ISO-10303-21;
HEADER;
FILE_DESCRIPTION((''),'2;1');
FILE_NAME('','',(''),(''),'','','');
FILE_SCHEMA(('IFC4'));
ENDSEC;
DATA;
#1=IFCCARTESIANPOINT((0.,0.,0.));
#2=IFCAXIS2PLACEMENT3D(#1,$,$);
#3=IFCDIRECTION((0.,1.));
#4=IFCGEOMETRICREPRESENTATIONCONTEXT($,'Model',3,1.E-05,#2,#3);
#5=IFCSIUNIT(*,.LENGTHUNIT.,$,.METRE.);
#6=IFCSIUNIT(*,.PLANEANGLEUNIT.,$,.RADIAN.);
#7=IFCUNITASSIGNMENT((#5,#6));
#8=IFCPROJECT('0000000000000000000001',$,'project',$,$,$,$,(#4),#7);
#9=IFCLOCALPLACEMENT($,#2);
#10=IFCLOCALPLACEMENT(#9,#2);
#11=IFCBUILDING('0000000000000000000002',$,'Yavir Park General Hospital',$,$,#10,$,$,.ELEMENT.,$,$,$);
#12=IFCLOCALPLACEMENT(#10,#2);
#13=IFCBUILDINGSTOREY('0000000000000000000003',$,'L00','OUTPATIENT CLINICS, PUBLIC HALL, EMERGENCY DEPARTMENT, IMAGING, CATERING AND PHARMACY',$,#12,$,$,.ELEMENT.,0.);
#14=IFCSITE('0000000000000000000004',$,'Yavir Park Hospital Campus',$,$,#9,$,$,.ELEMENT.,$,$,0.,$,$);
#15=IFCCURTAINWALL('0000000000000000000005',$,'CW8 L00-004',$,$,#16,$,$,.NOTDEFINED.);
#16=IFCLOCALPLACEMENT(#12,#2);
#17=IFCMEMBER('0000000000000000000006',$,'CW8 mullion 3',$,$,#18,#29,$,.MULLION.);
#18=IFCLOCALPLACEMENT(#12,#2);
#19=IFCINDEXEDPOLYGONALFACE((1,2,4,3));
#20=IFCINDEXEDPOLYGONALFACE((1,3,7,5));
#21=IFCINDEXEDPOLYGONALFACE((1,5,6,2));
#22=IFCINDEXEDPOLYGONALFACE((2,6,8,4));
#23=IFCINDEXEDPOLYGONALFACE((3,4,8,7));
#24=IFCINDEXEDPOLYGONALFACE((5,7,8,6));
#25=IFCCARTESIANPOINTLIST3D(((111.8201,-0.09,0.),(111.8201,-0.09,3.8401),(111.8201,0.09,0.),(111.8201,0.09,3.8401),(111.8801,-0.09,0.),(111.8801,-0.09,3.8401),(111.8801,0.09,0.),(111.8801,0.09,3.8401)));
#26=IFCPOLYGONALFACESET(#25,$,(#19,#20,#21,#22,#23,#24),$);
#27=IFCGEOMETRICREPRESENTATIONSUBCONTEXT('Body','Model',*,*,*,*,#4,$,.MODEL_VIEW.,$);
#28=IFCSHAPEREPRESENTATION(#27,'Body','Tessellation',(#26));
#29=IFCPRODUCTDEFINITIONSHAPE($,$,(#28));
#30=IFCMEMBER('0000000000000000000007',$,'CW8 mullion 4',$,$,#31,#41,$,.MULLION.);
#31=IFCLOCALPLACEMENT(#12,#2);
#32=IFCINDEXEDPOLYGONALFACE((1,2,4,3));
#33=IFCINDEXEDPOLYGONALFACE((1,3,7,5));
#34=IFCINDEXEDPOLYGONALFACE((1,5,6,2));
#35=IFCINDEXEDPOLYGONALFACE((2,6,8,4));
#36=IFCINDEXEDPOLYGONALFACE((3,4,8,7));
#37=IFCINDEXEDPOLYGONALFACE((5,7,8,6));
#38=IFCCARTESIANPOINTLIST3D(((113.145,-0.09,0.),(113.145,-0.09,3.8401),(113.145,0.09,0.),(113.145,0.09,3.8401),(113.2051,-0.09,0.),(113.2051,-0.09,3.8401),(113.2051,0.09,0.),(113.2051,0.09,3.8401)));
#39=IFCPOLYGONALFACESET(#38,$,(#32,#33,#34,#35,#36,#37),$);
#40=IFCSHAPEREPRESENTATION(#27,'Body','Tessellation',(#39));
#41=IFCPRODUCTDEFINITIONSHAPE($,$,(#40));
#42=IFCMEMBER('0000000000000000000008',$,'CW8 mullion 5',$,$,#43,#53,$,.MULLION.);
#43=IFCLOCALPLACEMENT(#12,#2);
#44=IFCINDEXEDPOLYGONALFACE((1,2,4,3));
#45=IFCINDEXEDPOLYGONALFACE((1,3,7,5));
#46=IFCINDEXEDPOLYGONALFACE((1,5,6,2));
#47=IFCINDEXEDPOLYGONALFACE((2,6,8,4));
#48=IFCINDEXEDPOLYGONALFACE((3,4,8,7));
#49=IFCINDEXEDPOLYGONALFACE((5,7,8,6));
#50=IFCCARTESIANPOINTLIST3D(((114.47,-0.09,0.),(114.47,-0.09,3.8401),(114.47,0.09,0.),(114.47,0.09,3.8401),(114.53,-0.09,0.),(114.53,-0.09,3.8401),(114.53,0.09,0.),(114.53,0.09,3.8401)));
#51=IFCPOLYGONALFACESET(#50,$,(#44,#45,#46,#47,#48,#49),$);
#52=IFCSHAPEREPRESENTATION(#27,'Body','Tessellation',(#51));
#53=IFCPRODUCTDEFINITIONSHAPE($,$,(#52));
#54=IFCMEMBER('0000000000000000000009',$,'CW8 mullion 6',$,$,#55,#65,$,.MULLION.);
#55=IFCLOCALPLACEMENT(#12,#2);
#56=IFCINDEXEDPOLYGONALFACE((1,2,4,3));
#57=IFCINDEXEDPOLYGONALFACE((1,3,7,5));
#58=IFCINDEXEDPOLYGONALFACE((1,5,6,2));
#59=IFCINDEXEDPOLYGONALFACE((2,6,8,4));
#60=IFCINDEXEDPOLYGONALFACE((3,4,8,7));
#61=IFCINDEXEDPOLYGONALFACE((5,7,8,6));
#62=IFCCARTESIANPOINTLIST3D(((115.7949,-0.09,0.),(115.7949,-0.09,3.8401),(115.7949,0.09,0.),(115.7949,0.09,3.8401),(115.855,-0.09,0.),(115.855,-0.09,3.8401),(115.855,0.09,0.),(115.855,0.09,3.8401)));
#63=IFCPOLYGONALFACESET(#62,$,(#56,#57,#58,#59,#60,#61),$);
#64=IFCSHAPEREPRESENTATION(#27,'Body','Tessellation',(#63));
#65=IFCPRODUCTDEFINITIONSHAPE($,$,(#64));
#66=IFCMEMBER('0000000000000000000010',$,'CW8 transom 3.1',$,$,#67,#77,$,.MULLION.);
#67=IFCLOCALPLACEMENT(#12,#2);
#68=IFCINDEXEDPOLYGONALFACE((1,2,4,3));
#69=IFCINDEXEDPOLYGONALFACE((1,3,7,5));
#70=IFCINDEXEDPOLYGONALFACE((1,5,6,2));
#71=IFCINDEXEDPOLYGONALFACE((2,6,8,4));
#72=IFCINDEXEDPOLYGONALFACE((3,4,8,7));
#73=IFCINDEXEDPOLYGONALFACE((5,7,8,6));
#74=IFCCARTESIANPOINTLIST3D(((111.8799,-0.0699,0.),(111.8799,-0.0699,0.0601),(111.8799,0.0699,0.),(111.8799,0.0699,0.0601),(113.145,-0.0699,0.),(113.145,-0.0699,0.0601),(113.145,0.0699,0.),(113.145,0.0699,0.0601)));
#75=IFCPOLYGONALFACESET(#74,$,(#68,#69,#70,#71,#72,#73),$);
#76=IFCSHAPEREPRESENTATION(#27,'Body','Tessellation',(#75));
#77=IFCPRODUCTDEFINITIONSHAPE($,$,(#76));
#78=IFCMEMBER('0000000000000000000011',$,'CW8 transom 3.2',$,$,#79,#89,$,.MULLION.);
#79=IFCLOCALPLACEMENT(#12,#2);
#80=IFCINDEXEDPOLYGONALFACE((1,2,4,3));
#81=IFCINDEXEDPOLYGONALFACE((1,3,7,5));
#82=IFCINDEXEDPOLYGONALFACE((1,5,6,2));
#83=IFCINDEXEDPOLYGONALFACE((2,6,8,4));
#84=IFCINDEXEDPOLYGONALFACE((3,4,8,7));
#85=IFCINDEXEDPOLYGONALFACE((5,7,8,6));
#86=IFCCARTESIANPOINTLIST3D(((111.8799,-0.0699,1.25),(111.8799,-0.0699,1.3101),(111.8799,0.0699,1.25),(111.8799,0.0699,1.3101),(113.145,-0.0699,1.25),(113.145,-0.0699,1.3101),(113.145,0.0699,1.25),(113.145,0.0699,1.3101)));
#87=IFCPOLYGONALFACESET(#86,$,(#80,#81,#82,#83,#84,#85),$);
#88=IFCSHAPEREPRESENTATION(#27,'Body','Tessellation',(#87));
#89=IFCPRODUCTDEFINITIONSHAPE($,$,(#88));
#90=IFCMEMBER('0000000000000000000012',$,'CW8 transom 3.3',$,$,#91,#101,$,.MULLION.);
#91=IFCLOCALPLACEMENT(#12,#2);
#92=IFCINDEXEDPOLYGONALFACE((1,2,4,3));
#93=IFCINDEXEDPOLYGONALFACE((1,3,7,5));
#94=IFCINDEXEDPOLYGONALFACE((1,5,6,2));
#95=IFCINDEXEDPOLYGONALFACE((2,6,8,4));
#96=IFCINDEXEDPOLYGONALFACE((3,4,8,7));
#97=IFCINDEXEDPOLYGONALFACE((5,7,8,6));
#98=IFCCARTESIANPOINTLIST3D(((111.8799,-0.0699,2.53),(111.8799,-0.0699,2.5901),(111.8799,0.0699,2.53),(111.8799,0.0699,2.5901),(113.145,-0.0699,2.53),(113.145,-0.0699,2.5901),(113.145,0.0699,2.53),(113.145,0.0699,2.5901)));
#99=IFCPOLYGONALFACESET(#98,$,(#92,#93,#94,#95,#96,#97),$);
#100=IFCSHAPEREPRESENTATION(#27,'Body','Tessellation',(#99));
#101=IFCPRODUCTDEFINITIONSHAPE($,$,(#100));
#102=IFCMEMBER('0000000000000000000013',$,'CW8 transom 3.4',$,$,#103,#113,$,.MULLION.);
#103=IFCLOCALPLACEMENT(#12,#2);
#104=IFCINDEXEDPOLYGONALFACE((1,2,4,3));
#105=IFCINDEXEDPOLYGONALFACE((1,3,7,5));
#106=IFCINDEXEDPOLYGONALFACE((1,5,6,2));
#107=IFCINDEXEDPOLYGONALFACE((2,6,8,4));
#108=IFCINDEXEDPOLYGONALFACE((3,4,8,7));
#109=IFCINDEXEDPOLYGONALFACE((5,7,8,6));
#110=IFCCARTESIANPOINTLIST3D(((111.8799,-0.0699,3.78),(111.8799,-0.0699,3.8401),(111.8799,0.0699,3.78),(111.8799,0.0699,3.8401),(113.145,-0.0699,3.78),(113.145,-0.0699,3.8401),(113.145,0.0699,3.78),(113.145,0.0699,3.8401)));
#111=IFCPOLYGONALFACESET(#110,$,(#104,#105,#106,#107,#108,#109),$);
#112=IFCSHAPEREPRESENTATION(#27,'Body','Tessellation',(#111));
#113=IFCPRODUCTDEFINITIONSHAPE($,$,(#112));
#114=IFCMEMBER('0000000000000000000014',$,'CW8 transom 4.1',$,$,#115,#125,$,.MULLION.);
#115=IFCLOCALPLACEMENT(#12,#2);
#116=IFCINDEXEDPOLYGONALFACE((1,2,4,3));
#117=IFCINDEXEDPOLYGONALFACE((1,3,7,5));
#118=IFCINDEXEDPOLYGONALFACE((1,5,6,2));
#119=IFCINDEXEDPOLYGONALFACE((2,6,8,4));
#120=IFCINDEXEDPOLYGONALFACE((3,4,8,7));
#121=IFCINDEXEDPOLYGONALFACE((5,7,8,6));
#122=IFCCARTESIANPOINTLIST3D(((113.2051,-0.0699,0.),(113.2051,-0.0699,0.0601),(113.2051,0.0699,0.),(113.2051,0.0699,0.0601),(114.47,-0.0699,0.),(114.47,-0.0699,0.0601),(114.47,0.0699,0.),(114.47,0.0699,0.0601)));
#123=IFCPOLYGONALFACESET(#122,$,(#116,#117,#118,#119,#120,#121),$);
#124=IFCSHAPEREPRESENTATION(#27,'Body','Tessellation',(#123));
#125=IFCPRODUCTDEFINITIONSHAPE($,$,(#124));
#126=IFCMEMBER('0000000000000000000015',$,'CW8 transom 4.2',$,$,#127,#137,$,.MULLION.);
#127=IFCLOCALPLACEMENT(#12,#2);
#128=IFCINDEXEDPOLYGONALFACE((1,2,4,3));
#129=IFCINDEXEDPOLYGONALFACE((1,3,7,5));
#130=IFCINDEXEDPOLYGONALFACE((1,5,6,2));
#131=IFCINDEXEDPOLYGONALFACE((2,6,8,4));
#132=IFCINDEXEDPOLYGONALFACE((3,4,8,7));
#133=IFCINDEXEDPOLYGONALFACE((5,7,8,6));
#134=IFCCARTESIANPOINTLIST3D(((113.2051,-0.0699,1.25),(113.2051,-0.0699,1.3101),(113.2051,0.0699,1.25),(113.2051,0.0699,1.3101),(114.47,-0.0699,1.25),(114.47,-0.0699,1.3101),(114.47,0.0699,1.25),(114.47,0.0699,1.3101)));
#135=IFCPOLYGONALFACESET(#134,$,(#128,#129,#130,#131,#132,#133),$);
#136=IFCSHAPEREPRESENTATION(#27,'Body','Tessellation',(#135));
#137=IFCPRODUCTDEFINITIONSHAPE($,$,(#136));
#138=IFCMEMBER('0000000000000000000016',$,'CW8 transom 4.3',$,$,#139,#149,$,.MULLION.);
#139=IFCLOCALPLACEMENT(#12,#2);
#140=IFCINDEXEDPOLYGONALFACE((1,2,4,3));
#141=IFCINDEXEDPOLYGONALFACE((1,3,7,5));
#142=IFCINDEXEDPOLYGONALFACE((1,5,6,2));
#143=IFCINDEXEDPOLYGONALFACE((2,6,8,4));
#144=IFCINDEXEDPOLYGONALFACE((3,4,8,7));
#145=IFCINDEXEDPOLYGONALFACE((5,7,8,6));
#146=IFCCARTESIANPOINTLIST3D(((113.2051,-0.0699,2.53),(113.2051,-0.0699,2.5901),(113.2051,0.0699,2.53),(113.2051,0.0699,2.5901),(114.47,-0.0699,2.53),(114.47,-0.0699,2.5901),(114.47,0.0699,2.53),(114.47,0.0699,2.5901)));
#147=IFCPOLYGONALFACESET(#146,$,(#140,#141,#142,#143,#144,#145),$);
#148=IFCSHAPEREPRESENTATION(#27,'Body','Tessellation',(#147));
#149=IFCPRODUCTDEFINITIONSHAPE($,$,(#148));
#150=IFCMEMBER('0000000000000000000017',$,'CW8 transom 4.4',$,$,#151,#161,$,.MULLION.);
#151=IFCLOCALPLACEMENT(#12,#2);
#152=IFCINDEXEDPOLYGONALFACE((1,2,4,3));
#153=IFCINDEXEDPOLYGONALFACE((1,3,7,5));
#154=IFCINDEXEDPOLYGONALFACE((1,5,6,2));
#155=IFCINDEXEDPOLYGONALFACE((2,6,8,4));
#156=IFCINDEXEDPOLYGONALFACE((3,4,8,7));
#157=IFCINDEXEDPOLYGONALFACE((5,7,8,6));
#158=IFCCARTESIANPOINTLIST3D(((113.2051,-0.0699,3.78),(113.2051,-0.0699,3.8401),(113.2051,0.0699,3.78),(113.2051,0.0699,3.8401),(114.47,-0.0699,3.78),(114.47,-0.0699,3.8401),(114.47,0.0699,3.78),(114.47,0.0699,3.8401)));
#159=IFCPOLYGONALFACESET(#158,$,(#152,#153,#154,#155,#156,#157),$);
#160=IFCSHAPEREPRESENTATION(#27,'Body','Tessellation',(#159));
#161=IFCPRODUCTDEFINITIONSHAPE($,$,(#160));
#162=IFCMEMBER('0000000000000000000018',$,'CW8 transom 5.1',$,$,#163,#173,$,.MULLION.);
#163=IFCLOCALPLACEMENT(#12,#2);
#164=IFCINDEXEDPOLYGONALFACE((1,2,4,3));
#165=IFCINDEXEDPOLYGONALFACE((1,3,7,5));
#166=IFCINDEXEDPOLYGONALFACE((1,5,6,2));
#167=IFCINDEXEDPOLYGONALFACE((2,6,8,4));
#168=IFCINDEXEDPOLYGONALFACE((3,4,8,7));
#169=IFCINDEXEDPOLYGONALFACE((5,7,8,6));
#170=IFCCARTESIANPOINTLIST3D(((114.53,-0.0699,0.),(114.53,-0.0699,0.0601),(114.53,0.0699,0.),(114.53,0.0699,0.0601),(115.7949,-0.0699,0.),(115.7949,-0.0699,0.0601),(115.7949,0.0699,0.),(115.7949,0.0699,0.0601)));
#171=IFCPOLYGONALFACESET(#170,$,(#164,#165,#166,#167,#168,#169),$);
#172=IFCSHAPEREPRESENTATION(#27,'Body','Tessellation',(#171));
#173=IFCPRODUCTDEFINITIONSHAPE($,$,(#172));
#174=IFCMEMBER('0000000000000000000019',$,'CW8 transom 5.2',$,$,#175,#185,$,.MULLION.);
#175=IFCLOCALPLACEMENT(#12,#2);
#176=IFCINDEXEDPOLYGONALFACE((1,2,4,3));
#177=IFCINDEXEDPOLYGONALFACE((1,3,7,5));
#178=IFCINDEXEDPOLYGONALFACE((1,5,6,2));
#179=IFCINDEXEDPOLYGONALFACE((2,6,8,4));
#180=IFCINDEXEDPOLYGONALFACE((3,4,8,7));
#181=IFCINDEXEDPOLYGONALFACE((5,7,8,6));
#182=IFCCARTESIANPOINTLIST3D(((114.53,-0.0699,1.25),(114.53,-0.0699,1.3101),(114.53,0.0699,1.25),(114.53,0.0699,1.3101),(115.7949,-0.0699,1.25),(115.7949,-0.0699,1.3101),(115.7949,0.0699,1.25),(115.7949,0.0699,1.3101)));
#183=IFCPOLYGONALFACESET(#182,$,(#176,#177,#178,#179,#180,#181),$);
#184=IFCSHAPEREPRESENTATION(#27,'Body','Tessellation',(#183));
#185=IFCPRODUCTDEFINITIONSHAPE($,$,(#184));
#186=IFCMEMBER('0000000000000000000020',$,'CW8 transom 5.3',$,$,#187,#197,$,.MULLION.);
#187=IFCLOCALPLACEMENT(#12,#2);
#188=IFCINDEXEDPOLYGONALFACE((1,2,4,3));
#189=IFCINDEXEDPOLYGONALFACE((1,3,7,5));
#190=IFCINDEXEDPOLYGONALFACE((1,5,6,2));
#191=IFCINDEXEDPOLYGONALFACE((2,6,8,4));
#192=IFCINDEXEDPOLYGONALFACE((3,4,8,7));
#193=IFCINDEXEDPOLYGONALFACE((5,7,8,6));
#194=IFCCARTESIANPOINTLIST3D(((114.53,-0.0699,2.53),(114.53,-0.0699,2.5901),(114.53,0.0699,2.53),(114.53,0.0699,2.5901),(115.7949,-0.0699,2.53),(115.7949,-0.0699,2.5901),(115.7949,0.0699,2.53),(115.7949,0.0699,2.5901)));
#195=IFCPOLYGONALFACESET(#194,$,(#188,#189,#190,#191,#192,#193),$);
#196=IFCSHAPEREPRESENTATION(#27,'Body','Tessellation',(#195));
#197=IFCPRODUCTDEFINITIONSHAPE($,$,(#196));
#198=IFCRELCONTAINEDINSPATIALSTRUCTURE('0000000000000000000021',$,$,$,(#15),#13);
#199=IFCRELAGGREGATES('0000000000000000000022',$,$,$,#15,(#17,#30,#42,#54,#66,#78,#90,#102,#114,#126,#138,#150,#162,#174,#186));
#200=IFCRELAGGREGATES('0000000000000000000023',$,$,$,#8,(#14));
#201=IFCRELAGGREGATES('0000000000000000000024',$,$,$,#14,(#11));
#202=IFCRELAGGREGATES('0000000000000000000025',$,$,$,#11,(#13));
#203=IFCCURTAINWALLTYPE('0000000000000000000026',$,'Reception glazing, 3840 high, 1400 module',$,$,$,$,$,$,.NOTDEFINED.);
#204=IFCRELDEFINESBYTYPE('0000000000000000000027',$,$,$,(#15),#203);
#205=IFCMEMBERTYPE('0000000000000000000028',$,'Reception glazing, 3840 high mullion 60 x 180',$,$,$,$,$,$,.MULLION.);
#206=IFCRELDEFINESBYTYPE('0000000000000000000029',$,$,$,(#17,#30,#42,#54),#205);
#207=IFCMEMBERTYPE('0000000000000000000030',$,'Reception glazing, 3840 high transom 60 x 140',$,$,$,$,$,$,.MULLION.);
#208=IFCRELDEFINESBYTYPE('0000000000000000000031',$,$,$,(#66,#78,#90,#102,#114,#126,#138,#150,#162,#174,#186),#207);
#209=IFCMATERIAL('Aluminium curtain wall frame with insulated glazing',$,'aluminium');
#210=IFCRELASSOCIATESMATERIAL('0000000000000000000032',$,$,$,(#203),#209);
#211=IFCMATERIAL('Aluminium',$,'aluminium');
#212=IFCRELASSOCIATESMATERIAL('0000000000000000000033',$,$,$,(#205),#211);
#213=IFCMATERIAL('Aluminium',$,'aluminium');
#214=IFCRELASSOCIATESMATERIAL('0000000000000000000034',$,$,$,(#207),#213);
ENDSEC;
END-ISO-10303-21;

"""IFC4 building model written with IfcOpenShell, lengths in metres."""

from ifc_helpers import new_model, si_unit, direction, frame, origin, origin_2d, place, context, subcontext, project, spatial, rectangle, extrude, material, material_profile, profile_set, type_object, element, aggregate, save


model = new_model("IFC4")

# Units and contexts
model_context = context("Model", 3, precision=1e-05, world=origin(), true_north=direction((0.0, 1.0)))
body_context = subcontext(model_context, "Body", "Model", "MODEL_VIEW")
ifc_project = project(units=[si_unit("LENGTHUNIT", "METRE"), si_unit("PLANEANGLEUNIT", "RADIAN")], contexts=[model_context])

# Site, building, storey
site_placement = place(None, origin())
site = spatial("IfcSite", under=ifc_project, at=site_placement, Name="Yavir Park Hospital Campus", CompositionType="ELEMENT", RefElevation=0.0)
building_placement = place(site_placement, origin())
building = spatial("IfcBuilding", under=site, at=building_placement, Name="Yavir Park General Hospital", CompositionType="ELEMENT")
storey_placement = place(building_placement, origin())
storey = spatial("IfcBuildingStorey", under=building, at=storey_placement, Name="L00", Description="OUTPATIENT CLINICS, PUBLIC HALL, EMERGENCY DEPARTMENT, IMAGING, CATERING AND PHARMACY", CompositionType="ELEMENT", Elevation=0.0)

# Curtain wall, members
ifc_material_1 = material(Name="Aluminium curtain wall frame with insulated glazing", Category="aluminium")
curtain_wall_type = type_object("IfcCurtainWallType", Name="Reception glazing, 3840 high, 1400 module", PredefinedType="NOTDEFINED", material=ifc_material_1)
curtain_wall_placement = place(storey_placement, origin())
curtain_wall = element("IfcCurtainWall", 1, at=curtain_wall_placement, inside=storey, type_object=curtain_wall_type, Name="CW8 L00-004", PredefinedType="NOTDEFINED")
ifc_material_2 = material(Name="Aluminium", Category="aluminium")
ifc_material_profile_1 = material_profile(ifc_material_2, rectangle(XDim=0.1799, YDim=0.0601, at=origin_2d()), Name="AL 60x180")
ifc_profile_set_1 = profile_set([ifc_material_profile_1], Name="Aluminium")
member_type_1 = type_object("IfcMemberType", Name="Reception glazing, 3840 high mullion 60 x 180", PredefinedType="MULLION", material=ifc_profile_set_1)
member_1_placement = place(storey_placement, frame((111.8501, 0.0, 0.0), z_axis=(0.0, 0.0, 1.0), x_axis=(0.0, 1.0, 0.0)))
member_1 = element("IfcMember", 2, at=member_1_placement, type_object=member_type_1, Name="CW8 mullion 3", PredefinedType="MULLION", context=body_context, shape_type="SweptSolid", body=[
    extrude(rectangle(XDim=0.1799, YDim=0.0601, at=origin_2d()), origin(), (0.0, 0.0, 1.0), 3.8401),
])
member_2_placement = place(storey_placement, frame((113.175, 0.0, 0.0), z_axis=(0.0, 0.0, 1.0), x_axis=(0.0, 1.0, 0.0)))
member_2 = element("IfcMember", 3, at=member_2_placement, type_object=member_type_1, Name="CW8 mullion 4", PredefinedType="MULLION", context=body_context, shape_type="SweptSolid", body=[
    extrude(rectangle(XDim=0.1799, YDim=0.0601, at=origin_2d()), origin(), (0.0, 0.0, 1.0), 3.8401),
])
member_3_placement = place(storey_placement, frame((114.5, 0.0, 0.0), z_axis=(0.0, 0.0, 1.0), x_axis=(0.0, 1.0, 0.0)))
member_3 = element("IfcMember", 4, at=member_3_placement, type_object=member_type_1, Name="CW8 mullion 5", PredefinedType="MULLION", context=body_context, shape_type="SweptSolid", body=[
    extrude(rectangle(XDim=0.1799, YDim=0.0601, at=origin_2d()), origin(), (0.0, 0.0, 1.0), 3.8401),
])
member_4_placement = place(storey_placement, frame((115.825, 0.0, 0.0), z_axis=(0.0, 0.0, 1.0), x_axis=(0.0, 1.0, 0.0)))
member_4 = element("IfcMember", 5, at=member_4_placement, type_object=member_type_1, Name="CW8 mullion 6", PredefinedType="MULLION", context=body_context, shape_type="SweptSolid", body=[
    extrude(rectangle(XDim=0.1799, YDim=0.0601, at=origin_2d()), origin(), (0.0, 0.0, 1.0), 3.8401),
])
ifc_material_3 = material(Name="Aluminium", Category="aluminium")
ifc_material_profile_2 = material_profile(ifc_material_3, rectangle(XDim=0.1399, YDim=0.0601, at=origin_2d()), Name="AL 140x60")
ifc_profile_set_2 = profile_set([ifc_material_profile_2], Name="Aluminium")
member_type_2 = type_object("IfcMemberType", Name="Reception glazing, 3840 high transom 60 x 140", PredefinedType="MULLION", material=ifc_profile_set_2)
member_5_placement = place(storey_placement, frame((111.8799, 0.0, 0.03), z_axis=(1.0, 0.0, 0.0), x_axis=(0.0, 1.0, 0.0)))
member_5 = element("IfcMember", 6, at=member_5_placement, type_object=member_type_2, Name="CW8 transom 3.1", PredefinedType="MULLION", context=body_context, shape_type="SweptSolid", body=[
    extrude(rectangle(XDim=0.1399, YDim=0.0601, at=origin_2d()), origin(), (0.0, 0.0, 1.0), 1.2651),
])
member_6_placement = place(storey_placement, frame((111.8799, 0.0, 1.28), z_axis=(1.0, 0.0, 0.0), x_axis=(0.0, 1.0, 0.0)))
member_6 = element("IfcMember", 7, at=member_6_placement, type_object=member_type_2, Name="CW8 transom 3.2", PredefinedType="MULLION", context=body_context, shape_type="SweptSolid", body=[
    extrude(rectangle(XDim=0.1399, YDim=0.0601, at=origin_2d()), origin(), (0.0, 0.0, 1.0), 1.2651),
])
member_7_placement = place(storey_placement, frame((111.8799, 0.0, 2.5601), z_axis=(1.0, 0.0, 0.0), x_axis=(0.0, 1.0, 0.0)))
member_7 = element("IfcMember", 8, at=member_7_placement, type_object=member_type_2, Name="CW8 transom 3.3", PredefinedType="MULLION", context=body_context, shape_type="SweptSolid", body=[
    extrude(rectangle(XDim=0.1399, YDim=0.0601, at=origin_2d()), origin(), (0.0, 0.0, 1.0), 1.2651),
])
member_8_placement = place(storey_placement, frame((111.8799, 0.0, 3.8101), z_axis=(1.0, 0.0, 0.0), x_axis=(0.0, 1.0, 0.0)))
member_8 = element("IfcMember", 9, at=member_8_placement, type_object=member_type_2, Name="CW8 transom 3.4", PredefinedType="MULLION", context=body_context, shape_type="SweptSolid", body=[
    extrude(rectangle(XDim=0.1399, YDim=0.0601, at=origin_2d()), origin(), (0.0, 0.0, 1.0), 1.2651),
])
member_9_placement = place(storey_placement, frame((113.2051, 0.0, 0.03), z_axis=(1.0, 0.0, 0.0), x_axis=(0.0, 1.0, 0.0)))
member_9 = element("IfcMember", 10, at=member_9_placement, type_object=member_type_2, Name="CW8 transom 4.1", PredefinedType="MULLION", context=body_context, shape_type="SweptSolid", body=[
    extrude(rectangle(XDim=0.1399, YDim=0.0601, at=origin_2d()), origin(), (0.0, 0.0, 1.0), 1.2649),
])
member_10_placement = place(storey_placement, frame((113.2051, 0.0, 1.28), z_axis=(1.0, 0.0, 0.0), x_axis=(0.0, 1.0, 0.0)))
member_10 = element("IfcMember", 11, at=member_10_placement, type_object=member_type_2, Name="CW8 transom 4.2", PredefinedType="MULLION", context=body_context, shape_type="SweptSolid", body=[
    extrude(rectangle(XDim=0.1399, YDim=0.0601, at=origin_2d()), origin(), (0.0, 0.0, 1.0), 1.2649),
])
member_11_placement = place(storey_placement, frame((113.2051, 0.0, 2.5601), z_axis=(1.0, 0.0, 0.0), x_axis=(0.0, 1.0, 0.0)))
member_11 = element("IfcMember", 12, at=member_11_placement, type_object=member_type_2, Name="CW8 transom 4.3", PredefinedType="MULLION", context=body_context, shape_type="SweptSolid", body=[
    extrude(rectangle(XDim=0.1399, YDim=0.0601, at=origin_2d()), origin(), (0.0, 0.0, 1.0), 1.2649),
])
member_12_placement = place(storey_placement, frame((113.2051, 0.0, 3.8101), z_axis=(1.0, 0.0, 0.0), x_axis=(0.0, 1.0, 0.0)))
member_12 = element("IfcMember", 13, at=member_12_placement, type_object=member_type_2, Name="CW8 transom 4.4", PredefinedType="MULLION", context=body_context, shape_type="SweptSolid", body=[
    extrude(rectangle(XDim=0.1399, YDim=0.0601, at=origin_2d()), origin(), (0.0, 0.0, 1.0), 1.2649),
])
member_13_placement = place(storey_placement, frame((114.53, 0.0, 0.03), z_axis=(1.0, 0.0, 0.0), x_axis=(0.0, 1.0, 0.0)))
member_13 = element("IfcMember", 14, at=member_13_placement, type_object=member_type_2, Name="CW8 transom 5.1", PredefinedType="MULLION", context=body_context, shape_type="SweptSolid", body=[
    extrude(rectangle(XDim=0.1399, YDim=0.0601, at=origin_2d()), origin(), (0.0, 0.0, 1.0), 1.2649),
])
member_14_placement = place(storey_placement, frame((114.53, 0.0, 1.28), z_axis=(1.0, 0.0, 0.0), x_axis=(0.0, 1.0, 0.0)))
member_14 = element("IfcMember", 15, at=member_14_placement, type_object=member_type_2, Name="CW8 transom 5.2", PredefinedType="MULLION", context=body_context, shape_type="SweptSolid", body=[
    extrude(rectangle(XDim=0.1399, YDim=0.0601, at=origin_2d()), origin(), (0.0, 0.0, 1.0), 1.2649),
])
member_15_placement = place(storey_placement, frame((114.53, 0.0, 2.5601), z_axis=(1.0, 0.0, 0.0), x_axis=(0.0, 1.0, 0.0)))
member_15 = element("IfcMember", 16, at=member_15_placement, type_object=member_type_2, Name="CW8 transom 5.3", PredefinedType="MULLION", context=body_context, shape_type="SweptSolid", body=[
    extrude(rectangle(XDim=0.1399, YDim=0.0601, at=origin_2d()), origin(), (0.0, 0.0, 1.0), 1.2649),
])
aggregate(curtain_wall, [member_1, member_2, member_3, member_4, member_5, member_6, member_7, member_8, member_9, member_10, member_11, member_12, member_13, member_14, member_15])

save(model, "model.ifc")
